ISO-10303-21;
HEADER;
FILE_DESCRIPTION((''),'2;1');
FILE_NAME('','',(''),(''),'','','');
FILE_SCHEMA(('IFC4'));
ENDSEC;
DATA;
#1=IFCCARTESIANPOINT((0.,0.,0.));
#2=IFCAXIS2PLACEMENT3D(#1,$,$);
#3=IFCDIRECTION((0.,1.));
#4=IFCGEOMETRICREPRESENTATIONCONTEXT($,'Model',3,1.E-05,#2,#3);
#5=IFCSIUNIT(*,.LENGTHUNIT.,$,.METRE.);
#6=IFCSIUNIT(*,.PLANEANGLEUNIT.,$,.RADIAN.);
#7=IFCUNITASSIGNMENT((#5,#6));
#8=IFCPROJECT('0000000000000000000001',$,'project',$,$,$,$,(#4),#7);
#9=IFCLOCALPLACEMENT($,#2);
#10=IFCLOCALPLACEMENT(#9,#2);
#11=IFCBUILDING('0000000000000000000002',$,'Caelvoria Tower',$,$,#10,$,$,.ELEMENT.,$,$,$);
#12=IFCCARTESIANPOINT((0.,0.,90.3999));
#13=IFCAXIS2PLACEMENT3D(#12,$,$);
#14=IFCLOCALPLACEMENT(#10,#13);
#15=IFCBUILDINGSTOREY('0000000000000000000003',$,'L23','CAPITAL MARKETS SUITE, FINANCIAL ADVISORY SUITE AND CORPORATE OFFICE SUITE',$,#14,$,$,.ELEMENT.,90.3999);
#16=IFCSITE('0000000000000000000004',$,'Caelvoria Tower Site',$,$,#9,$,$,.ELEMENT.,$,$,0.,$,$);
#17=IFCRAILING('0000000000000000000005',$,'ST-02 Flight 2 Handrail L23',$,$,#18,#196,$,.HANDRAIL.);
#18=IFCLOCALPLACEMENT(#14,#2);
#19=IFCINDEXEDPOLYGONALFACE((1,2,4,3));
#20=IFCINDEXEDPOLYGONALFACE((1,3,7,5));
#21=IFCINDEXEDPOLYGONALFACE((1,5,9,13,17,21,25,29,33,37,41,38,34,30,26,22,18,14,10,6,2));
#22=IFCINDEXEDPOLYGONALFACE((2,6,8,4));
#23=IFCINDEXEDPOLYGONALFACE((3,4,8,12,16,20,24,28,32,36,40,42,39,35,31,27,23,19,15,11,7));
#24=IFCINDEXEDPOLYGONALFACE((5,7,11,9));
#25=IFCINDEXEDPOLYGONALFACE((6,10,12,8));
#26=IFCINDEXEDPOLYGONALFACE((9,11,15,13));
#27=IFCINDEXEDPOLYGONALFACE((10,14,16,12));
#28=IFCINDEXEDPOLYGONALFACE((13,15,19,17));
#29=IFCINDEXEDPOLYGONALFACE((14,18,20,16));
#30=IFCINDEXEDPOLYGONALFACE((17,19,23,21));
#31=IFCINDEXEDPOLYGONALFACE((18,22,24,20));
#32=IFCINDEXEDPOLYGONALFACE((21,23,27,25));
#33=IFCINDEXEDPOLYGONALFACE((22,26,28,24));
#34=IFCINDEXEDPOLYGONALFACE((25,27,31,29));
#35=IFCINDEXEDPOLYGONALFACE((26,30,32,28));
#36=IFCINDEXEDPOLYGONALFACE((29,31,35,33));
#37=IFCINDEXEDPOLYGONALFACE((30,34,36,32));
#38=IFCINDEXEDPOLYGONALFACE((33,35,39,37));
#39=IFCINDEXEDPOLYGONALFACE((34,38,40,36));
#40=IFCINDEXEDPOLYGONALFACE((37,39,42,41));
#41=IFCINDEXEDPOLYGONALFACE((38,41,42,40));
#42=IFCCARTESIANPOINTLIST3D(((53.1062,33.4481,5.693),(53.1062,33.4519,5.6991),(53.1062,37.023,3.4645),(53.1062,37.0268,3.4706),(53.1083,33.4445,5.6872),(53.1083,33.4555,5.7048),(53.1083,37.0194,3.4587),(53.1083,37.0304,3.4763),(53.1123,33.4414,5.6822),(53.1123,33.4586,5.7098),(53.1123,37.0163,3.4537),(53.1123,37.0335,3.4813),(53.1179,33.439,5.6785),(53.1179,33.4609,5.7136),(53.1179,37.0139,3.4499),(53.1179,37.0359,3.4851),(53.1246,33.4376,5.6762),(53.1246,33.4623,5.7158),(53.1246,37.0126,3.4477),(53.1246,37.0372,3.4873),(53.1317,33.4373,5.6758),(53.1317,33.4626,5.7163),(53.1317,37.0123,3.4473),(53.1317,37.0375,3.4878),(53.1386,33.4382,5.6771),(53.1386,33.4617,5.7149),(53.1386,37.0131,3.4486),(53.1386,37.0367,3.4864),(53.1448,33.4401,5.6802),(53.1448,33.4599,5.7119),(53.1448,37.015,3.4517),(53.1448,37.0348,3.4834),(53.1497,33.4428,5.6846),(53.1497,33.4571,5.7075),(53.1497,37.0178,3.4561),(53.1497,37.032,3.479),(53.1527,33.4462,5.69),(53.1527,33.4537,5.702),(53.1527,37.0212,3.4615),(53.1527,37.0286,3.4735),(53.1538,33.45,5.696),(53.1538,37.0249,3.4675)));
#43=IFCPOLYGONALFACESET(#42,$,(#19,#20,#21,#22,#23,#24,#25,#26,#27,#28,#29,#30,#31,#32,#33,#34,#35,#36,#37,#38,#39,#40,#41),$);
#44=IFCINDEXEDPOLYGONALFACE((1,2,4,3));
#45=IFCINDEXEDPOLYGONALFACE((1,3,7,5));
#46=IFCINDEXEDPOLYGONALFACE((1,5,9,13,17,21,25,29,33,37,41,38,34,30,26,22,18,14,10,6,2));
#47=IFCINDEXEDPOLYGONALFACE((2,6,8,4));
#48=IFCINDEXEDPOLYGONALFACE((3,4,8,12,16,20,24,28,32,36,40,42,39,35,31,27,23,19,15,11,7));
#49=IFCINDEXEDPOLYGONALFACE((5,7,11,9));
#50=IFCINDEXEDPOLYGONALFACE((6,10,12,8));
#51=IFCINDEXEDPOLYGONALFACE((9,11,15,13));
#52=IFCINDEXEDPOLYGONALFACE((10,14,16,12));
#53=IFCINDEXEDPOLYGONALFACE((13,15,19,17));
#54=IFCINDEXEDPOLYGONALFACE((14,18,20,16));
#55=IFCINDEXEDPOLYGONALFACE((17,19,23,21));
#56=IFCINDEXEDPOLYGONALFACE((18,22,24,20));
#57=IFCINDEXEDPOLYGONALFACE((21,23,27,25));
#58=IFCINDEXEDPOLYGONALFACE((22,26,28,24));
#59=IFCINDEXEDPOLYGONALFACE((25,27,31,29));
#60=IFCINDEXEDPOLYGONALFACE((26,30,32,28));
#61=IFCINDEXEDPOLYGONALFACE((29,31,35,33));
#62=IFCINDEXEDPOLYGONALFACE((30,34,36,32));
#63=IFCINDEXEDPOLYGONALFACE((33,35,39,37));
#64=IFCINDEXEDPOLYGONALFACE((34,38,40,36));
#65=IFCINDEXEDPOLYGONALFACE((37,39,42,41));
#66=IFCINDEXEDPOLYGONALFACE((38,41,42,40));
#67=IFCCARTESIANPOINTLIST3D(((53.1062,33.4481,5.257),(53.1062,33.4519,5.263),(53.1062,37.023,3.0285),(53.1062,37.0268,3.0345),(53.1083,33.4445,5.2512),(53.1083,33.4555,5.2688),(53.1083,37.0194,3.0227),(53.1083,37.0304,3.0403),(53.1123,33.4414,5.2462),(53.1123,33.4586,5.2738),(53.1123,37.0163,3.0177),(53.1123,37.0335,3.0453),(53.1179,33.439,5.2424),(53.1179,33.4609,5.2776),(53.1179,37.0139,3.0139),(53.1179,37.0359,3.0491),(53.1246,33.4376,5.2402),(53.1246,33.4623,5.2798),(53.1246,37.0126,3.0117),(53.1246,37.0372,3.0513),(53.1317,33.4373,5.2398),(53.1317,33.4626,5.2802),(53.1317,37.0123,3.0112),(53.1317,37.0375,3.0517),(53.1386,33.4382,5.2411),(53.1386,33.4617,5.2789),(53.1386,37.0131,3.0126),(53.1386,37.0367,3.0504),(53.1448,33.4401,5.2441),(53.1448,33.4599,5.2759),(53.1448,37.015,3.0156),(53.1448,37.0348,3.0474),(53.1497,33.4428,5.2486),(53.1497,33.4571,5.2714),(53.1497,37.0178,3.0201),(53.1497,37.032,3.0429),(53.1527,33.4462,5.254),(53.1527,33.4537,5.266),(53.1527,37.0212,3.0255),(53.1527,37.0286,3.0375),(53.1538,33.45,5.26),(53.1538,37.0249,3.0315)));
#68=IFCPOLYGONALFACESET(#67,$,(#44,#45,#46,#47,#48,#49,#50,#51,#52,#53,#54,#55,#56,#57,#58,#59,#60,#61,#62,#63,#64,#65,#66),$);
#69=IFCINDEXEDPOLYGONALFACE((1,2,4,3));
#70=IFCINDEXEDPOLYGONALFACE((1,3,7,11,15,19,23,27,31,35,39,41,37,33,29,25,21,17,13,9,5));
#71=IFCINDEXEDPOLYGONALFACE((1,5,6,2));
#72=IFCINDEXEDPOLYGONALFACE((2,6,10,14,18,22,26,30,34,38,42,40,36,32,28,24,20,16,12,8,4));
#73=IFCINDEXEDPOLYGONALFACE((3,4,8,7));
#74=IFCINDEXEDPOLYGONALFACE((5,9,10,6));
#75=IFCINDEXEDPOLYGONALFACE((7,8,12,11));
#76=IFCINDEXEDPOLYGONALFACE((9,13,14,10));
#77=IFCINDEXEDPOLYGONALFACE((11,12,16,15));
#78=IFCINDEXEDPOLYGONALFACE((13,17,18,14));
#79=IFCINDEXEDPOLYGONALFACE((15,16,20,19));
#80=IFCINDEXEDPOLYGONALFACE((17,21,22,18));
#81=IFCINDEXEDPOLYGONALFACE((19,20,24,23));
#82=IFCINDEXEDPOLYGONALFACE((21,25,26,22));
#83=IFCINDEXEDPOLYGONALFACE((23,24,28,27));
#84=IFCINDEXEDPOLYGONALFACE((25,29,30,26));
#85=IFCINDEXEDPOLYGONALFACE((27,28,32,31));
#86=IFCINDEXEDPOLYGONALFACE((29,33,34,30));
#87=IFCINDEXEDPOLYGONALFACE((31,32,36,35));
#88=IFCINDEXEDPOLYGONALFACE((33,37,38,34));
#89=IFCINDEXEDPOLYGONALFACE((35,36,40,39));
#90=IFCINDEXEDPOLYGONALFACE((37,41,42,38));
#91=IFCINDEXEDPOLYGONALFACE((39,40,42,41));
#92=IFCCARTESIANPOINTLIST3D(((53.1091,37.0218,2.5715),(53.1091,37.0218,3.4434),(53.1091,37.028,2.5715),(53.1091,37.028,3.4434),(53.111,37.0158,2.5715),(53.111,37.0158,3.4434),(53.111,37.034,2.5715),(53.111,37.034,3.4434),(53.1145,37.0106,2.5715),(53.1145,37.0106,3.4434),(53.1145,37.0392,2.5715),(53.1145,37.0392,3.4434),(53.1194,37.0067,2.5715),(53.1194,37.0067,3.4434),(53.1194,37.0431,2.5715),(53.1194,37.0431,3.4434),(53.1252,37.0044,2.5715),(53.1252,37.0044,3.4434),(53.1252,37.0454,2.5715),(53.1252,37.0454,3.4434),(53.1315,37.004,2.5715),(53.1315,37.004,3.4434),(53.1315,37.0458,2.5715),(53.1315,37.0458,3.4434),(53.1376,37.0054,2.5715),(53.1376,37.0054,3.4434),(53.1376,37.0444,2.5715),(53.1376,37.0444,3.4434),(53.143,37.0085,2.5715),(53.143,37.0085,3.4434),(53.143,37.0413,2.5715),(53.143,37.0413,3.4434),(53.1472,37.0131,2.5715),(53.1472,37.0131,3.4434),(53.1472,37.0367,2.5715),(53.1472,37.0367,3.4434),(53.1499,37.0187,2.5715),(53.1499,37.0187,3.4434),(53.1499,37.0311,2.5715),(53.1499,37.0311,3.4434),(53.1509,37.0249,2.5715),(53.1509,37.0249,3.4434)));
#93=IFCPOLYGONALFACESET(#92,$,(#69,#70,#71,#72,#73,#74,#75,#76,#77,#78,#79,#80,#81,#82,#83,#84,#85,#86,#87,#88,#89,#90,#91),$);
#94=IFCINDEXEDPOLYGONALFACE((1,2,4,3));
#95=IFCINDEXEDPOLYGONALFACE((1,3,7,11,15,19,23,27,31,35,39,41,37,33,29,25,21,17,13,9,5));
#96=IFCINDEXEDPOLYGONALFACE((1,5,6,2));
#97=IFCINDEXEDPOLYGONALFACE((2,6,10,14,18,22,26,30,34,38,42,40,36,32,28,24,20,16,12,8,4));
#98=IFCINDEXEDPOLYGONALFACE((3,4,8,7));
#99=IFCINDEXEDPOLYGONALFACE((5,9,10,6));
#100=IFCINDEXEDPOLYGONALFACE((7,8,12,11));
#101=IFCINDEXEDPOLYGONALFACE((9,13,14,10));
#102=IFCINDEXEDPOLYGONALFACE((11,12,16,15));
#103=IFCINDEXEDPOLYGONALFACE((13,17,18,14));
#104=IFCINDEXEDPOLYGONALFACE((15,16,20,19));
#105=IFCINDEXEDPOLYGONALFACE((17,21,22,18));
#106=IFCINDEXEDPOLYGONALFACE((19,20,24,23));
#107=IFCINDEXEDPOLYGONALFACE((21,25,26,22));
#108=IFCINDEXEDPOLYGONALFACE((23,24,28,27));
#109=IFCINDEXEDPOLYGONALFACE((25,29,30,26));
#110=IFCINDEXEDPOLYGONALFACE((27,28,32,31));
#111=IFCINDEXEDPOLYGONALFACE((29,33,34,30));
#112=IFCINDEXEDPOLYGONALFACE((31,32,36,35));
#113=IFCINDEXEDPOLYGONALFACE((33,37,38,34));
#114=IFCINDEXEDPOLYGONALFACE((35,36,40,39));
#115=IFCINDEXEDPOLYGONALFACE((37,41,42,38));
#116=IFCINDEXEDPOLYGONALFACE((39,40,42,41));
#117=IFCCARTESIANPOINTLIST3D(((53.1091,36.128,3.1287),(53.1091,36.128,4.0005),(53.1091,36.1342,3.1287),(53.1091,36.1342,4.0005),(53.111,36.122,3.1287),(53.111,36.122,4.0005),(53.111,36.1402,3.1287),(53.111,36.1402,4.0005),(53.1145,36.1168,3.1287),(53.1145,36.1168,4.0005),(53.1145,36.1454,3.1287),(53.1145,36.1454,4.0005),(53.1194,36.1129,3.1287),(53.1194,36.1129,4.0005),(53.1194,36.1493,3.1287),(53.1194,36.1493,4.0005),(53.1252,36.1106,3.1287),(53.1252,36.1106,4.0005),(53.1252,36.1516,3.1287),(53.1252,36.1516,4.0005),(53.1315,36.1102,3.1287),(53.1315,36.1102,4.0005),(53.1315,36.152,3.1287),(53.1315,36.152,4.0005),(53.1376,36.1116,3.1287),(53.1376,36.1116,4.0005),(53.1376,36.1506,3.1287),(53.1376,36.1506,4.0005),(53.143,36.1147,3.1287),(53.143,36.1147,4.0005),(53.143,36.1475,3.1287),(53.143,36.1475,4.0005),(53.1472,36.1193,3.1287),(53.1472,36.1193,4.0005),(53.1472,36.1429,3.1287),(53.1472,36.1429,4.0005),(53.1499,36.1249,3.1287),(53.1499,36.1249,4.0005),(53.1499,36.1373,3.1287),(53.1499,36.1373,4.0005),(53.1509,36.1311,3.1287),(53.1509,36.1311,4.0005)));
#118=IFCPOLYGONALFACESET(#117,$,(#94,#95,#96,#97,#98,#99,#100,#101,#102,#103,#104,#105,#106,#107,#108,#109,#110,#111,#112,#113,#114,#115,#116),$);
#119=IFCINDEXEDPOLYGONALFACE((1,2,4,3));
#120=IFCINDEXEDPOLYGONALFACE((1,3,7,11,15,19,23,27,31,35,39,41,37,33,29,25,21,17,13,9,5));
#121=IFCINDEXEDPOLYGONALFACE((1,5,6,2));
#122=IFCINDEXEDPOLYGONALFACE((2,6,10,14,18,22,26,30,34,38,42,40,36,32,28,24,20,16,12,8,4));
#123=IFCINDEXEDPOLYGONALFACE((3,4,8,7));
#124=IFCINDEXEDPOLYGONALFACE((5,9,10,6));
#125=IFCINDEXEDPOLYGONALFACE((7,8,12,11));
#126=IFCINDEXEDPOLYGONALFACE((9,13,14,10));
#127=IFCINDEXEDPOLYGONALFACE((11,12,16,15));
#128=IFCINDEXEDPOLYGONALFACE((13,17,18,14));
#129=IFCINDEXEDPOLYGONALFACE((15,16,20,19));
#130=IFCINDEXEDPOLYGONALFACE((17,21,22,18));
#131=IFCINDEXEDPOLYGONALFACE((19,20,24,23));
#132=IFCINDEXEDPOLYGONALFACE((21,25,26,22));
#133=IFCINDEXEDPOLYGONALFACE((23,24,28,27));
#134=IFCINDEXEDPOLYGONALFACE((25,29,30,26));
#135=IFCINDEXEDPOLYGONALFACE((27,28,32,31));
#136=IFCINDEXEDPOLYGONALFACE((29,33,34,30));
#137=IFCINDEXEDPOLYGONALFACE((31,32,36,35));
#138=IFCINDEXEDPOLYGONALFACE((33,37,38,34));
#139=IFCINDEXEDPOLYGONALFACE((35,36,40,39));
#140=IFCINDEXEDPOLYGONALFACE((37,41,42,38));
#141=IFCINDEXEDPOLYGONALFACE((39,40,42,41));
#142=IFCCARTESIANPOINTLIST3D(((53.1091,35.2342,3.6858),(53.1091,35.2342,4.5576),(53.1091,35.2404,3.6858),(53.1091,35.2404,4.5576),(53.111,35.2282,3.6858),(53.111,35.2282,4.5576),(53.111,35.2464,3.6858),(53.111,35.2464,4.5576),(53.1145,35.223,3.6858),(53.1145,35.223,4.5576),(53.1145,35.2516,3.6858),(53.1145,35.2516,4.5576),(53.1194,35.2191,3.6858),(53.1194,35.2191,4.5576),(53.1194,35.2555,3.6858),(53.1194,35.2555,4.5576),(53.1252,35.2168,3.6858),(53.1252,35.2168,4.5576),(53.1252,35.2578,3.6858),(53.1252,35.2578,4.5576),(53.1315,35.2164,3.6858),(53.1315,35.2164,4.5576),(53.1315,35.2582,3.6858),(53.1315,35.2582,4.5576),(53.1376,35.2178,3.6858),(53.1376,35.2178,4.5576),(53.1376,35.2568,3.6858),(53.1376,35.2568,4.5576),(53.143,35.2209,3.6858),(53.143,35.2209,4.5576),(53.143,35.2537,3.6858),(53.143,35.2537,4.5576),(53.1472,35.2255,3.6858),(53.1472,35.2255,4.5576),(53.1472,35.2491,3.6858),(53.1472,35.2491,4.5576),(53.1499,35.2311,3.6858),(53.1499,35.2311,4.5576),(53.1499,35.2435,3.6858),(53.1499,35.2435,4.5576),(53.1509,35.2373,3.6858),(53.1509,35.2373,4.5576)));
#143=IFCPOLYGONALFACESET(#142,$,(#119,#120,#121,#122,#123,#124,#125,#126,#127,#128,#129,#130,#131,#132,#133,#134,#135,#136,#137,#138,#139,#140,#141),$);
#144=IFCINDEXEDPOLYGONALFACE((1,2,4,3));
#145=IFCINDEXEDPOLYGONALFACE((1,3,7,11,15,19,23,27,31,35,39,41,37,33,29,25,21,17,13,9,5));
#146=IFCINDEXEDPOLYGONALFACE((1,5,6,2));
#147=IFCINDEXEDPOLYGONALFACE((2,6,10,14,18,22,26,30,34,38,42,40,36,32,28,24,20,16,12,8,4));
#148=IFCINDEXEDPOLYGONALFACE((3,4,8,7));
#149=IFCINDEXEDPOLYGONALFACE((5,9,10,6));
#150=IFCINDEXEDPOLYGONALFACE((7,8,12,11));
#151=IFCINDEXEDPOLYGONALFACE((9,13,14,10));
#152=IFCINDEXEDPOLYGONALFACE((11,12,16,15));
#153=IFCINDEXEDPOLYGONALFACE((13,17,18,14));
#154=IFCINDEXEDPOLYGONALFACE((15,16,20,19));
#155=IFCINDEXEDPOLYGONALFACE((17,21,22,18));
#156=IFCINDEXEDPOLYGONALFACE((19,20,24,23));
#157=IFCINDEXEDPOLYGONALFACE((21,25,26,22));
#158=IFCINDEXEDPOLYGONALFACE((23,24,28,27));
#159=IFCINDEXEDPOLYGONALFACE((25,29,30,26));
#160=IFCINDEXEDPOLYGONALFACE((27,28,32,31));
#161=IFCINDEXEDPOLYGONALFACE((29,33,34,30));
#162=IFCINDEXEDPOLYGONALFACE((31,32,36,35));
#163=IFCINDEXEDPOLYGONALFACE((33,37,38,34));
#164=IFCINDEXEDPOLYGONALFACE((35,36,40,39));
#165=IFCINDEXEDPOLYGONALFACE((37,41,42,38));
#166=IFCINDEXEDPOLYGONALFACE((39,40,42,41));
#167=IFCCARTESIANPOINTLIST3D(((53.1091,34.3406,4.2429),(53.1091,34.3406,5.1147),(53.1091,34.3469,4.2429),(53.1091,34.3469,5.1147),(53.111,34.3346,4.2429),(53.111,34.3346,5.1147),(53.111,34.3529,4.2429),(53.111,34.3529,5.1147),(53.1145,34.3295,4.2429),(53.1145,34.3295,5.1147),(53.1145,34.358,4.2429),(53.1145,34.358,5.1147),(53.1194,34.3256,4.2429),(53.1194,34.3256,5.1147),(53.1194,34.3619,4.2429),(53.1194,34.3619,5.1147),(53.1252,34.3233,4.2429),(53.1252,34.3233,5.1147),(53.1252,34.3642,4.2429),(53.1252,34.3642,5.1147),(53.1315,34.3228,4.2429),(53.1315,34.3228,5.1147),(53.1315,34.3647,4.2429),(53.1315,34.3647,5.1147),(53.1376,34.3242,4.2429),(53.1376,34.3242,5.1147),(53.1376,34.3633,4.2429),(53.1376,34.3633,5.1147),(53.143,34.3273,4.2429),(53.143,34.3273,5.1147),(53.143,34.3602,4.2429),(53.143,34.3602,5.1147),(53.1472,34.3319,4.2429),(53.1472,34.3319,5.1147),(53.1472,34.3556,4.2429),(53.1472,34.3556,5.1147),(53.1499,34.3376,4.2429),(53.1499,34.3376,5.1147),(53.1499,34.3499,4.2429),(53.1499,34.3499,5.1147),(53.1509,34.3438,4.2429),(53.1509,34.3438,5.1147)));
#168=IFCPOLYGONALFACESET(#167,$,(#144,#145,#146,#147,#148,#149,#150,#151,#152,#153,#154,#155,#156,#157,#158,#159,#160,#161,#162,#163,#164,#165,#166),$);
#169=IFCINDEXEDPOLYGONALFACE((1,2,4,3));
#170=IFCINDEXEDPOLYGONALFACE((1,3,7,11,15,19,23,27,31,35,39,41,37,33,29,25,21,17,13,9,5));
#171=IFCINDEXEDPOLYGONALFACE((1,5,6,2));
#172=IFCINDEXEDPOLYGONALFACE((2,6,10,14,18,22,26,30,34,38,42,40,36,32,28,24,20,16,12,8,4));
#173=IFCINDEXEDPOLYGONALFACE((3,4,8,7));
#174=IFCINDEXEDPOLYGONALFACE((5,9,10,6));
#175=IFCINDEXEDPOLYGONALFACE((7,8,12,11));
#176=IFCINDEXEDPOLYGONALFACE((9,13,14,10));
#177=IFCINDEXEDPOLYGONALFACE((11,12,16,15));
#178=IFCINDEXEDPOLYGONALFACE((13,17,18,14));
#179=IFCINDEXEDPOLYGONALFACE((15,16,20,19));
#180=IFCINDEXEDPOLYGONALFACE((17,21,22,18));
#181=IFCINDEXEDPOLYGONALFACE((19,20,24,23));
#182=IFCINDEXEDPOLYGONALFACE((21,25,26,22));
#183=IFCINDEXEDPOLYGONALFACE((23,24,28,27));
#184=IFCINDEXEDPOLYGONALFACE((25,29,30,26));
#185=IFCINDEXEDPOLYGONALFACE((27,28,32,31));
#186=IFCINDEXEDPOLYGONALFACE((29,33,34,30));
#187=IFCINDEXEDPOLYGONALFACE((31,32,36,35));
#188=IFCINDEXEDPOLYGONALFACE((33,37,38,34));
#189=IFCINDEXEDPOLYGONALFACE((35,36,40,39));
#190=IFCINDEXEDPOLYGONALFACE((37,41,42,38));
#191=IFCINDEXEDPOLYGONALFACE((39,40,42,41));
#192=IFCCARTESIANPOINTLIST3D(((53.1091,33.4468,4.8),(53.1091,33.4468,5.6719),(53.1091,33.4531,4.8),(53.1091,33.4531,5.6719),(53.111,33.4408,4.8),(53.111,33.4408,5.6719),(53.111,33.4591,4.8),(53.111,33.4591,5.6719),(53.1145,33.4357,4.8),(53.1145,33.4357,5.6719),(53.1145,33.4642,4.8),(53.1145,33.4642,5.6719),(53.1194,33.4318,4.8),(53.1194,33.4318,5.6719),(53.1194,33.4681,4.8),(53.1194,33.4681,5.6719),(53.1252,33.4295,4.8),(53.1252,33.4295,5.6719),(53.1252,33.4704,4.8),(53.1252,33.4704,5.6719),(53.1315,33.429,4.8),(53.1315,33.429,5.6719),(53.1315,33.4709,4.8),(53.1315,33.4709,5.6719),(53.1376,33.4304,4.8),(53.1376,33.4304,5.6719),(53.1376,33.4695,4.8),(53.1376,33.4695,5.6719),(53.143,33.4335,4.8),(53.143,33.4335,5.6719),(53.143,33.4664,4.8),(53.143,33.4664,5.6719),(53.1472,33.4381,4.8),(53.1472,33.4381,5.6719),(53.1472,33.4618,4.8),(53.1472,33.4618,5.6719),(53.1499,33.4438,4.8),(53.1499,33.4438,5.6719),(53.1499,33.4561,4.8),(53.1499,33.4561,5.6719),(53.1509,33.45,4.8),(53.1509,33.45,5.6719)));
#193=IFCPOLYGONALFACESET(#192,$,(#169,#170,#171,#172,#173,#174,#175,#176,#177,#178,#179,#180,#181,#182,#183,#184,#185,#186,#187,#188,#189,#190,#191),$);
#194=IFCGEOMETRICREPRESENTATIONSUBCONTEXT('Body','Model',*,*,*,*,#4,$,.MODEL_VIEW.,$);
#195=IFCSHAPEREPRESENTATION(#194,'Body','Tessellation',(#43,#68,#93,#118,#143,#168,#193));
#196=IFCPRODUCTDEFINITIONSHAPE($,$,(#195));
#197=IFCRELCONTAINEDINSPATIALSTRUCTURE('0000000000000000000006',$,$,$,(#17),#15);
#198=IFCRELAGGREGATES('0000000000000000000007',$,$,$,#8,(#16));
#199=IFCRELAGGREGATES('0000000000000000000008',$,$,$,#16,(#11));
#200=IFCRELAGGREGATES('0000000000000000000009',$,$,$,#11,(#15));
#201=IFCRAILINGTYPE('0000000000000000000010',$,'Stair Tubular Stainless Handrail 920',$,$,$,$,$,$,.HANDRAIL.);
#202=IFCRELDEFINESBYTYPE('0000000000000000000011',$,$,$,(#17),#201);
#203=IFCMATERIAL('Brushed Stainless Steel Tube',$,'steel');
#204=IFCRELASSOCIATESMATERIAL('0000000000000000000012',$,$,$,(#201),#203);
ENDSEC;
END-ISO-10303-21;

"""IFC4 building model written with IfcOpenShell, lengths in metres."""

from ifc_helpers import new_model, si_unit, direction, frame, origin, origin_2d, place, context, subcontext, project, spatial, circle, extrude, material, type_object, element, save


model = new_model("IFC4")

# Units and contexts
model_context = context("Model", 3, precision=1e-05, world=origin(), true_north=direction((0.0, 1.0)))
body_context = subcontext(model_context, "Body", "Model", "MODEL_VIEW")
ifc_project = project(units=[si_unit("LENGTHUNIT", "METRE"), si_unit("PLANEANGLEUNIT", "RADIAN")], contexts=[model_context])

# Site, building, storey
site_placement = place(None, origin())
site = spatial("IfcSite", under=ifc_project, at=site_placement, Name="Caelvoria Tower Site", CompositionType="ELEMENT", RefElevation=0.0)
building_placement = place(site_placement, origin())
building = spatial("IfcBuilding", under=site, at=building_placement, Name="Caelvoria Tower", CompositionType="ELEMENT")
storey_placement = place(building_placement, frame((0.0, 0.0, 90.3999)))
storey = spatial("IfcBuildingStorey", under=building, at=storey_placement, Name="L23", Description="CAPITAL MARKETS SUITE, FINANCIAL ADVISORY SUITE AND CORPORATE OFFICE SUITE", CompositionType="ELEMENT", Elevation=90.3999)

# Railing
ifc_material_1 = material(Name="Brushed Stainless Steel Tube", Category="steel")
railing_type_1 = type_object("IfcRailingType", Name="Stair Tubular Stainless Handrail 920", PredefinedType="HANDRAIL", material=ifc_material_1)
railing_1_placement = place(storey_placement, frame((53.1299, 37.0249, 2.5715)))
element("IfcRailing", 1, at=railing_1_placement, inside=storey, type_object=railing_type_1, Name="ST-02 Flight 2 Handrail L23", PredefinedType="HANDRAIL", context=body_context, shape_type="SweptSolid", body=[
    extrude(circle(Radius=0.0239, at=origin_2d()), frame((0.0, 0.0, 0.896), z_axis=(0.0, -0.84862, 0.529004), x_axis=(1.0, 0.0, 0.0)), (0.0, 0.0, 1.0), 4.2126),
    extrude(circle(Radius=0.0239, at=origin_2d()), frame((0.0, 0.0, 0.46), z_axis=(0.0, -0.84862, 0.529004), x_axis=(1.0, 0.0, 0.0)), (0.0, 0.0, 1.0), 4.2126),
    extrude(circle(Radius=0.021, at=origin_2d()), origin(), (0.0, 0.0, 1.0), 0.8718),
    extrude(circle(Radius=0.021, at=origin_2d()), frame((0.0, -0.8938, 0.5571)), (0.0, 0.0, 1.0), 0.8718),
    extrude(circle(Radius=0.021, at=origin_2d()), frame((0.0, -1.7876, 1.1143)), (0.0, 0.0, 1.0), 0.8718),
    extrude(circle(Radius=0.021, at=origin_2d()), frame((0.0, -2.6812, 1.6714)), (0.0, 0.0, 1.0), 0.8718),
    extrude(circle(Radius=0.021, at=origin_2d()), frame((0.0, -3.575, 2.2285)), (0.0, 0.0, 1.0), 0.8718),
])

save(model, "model.ifc")
